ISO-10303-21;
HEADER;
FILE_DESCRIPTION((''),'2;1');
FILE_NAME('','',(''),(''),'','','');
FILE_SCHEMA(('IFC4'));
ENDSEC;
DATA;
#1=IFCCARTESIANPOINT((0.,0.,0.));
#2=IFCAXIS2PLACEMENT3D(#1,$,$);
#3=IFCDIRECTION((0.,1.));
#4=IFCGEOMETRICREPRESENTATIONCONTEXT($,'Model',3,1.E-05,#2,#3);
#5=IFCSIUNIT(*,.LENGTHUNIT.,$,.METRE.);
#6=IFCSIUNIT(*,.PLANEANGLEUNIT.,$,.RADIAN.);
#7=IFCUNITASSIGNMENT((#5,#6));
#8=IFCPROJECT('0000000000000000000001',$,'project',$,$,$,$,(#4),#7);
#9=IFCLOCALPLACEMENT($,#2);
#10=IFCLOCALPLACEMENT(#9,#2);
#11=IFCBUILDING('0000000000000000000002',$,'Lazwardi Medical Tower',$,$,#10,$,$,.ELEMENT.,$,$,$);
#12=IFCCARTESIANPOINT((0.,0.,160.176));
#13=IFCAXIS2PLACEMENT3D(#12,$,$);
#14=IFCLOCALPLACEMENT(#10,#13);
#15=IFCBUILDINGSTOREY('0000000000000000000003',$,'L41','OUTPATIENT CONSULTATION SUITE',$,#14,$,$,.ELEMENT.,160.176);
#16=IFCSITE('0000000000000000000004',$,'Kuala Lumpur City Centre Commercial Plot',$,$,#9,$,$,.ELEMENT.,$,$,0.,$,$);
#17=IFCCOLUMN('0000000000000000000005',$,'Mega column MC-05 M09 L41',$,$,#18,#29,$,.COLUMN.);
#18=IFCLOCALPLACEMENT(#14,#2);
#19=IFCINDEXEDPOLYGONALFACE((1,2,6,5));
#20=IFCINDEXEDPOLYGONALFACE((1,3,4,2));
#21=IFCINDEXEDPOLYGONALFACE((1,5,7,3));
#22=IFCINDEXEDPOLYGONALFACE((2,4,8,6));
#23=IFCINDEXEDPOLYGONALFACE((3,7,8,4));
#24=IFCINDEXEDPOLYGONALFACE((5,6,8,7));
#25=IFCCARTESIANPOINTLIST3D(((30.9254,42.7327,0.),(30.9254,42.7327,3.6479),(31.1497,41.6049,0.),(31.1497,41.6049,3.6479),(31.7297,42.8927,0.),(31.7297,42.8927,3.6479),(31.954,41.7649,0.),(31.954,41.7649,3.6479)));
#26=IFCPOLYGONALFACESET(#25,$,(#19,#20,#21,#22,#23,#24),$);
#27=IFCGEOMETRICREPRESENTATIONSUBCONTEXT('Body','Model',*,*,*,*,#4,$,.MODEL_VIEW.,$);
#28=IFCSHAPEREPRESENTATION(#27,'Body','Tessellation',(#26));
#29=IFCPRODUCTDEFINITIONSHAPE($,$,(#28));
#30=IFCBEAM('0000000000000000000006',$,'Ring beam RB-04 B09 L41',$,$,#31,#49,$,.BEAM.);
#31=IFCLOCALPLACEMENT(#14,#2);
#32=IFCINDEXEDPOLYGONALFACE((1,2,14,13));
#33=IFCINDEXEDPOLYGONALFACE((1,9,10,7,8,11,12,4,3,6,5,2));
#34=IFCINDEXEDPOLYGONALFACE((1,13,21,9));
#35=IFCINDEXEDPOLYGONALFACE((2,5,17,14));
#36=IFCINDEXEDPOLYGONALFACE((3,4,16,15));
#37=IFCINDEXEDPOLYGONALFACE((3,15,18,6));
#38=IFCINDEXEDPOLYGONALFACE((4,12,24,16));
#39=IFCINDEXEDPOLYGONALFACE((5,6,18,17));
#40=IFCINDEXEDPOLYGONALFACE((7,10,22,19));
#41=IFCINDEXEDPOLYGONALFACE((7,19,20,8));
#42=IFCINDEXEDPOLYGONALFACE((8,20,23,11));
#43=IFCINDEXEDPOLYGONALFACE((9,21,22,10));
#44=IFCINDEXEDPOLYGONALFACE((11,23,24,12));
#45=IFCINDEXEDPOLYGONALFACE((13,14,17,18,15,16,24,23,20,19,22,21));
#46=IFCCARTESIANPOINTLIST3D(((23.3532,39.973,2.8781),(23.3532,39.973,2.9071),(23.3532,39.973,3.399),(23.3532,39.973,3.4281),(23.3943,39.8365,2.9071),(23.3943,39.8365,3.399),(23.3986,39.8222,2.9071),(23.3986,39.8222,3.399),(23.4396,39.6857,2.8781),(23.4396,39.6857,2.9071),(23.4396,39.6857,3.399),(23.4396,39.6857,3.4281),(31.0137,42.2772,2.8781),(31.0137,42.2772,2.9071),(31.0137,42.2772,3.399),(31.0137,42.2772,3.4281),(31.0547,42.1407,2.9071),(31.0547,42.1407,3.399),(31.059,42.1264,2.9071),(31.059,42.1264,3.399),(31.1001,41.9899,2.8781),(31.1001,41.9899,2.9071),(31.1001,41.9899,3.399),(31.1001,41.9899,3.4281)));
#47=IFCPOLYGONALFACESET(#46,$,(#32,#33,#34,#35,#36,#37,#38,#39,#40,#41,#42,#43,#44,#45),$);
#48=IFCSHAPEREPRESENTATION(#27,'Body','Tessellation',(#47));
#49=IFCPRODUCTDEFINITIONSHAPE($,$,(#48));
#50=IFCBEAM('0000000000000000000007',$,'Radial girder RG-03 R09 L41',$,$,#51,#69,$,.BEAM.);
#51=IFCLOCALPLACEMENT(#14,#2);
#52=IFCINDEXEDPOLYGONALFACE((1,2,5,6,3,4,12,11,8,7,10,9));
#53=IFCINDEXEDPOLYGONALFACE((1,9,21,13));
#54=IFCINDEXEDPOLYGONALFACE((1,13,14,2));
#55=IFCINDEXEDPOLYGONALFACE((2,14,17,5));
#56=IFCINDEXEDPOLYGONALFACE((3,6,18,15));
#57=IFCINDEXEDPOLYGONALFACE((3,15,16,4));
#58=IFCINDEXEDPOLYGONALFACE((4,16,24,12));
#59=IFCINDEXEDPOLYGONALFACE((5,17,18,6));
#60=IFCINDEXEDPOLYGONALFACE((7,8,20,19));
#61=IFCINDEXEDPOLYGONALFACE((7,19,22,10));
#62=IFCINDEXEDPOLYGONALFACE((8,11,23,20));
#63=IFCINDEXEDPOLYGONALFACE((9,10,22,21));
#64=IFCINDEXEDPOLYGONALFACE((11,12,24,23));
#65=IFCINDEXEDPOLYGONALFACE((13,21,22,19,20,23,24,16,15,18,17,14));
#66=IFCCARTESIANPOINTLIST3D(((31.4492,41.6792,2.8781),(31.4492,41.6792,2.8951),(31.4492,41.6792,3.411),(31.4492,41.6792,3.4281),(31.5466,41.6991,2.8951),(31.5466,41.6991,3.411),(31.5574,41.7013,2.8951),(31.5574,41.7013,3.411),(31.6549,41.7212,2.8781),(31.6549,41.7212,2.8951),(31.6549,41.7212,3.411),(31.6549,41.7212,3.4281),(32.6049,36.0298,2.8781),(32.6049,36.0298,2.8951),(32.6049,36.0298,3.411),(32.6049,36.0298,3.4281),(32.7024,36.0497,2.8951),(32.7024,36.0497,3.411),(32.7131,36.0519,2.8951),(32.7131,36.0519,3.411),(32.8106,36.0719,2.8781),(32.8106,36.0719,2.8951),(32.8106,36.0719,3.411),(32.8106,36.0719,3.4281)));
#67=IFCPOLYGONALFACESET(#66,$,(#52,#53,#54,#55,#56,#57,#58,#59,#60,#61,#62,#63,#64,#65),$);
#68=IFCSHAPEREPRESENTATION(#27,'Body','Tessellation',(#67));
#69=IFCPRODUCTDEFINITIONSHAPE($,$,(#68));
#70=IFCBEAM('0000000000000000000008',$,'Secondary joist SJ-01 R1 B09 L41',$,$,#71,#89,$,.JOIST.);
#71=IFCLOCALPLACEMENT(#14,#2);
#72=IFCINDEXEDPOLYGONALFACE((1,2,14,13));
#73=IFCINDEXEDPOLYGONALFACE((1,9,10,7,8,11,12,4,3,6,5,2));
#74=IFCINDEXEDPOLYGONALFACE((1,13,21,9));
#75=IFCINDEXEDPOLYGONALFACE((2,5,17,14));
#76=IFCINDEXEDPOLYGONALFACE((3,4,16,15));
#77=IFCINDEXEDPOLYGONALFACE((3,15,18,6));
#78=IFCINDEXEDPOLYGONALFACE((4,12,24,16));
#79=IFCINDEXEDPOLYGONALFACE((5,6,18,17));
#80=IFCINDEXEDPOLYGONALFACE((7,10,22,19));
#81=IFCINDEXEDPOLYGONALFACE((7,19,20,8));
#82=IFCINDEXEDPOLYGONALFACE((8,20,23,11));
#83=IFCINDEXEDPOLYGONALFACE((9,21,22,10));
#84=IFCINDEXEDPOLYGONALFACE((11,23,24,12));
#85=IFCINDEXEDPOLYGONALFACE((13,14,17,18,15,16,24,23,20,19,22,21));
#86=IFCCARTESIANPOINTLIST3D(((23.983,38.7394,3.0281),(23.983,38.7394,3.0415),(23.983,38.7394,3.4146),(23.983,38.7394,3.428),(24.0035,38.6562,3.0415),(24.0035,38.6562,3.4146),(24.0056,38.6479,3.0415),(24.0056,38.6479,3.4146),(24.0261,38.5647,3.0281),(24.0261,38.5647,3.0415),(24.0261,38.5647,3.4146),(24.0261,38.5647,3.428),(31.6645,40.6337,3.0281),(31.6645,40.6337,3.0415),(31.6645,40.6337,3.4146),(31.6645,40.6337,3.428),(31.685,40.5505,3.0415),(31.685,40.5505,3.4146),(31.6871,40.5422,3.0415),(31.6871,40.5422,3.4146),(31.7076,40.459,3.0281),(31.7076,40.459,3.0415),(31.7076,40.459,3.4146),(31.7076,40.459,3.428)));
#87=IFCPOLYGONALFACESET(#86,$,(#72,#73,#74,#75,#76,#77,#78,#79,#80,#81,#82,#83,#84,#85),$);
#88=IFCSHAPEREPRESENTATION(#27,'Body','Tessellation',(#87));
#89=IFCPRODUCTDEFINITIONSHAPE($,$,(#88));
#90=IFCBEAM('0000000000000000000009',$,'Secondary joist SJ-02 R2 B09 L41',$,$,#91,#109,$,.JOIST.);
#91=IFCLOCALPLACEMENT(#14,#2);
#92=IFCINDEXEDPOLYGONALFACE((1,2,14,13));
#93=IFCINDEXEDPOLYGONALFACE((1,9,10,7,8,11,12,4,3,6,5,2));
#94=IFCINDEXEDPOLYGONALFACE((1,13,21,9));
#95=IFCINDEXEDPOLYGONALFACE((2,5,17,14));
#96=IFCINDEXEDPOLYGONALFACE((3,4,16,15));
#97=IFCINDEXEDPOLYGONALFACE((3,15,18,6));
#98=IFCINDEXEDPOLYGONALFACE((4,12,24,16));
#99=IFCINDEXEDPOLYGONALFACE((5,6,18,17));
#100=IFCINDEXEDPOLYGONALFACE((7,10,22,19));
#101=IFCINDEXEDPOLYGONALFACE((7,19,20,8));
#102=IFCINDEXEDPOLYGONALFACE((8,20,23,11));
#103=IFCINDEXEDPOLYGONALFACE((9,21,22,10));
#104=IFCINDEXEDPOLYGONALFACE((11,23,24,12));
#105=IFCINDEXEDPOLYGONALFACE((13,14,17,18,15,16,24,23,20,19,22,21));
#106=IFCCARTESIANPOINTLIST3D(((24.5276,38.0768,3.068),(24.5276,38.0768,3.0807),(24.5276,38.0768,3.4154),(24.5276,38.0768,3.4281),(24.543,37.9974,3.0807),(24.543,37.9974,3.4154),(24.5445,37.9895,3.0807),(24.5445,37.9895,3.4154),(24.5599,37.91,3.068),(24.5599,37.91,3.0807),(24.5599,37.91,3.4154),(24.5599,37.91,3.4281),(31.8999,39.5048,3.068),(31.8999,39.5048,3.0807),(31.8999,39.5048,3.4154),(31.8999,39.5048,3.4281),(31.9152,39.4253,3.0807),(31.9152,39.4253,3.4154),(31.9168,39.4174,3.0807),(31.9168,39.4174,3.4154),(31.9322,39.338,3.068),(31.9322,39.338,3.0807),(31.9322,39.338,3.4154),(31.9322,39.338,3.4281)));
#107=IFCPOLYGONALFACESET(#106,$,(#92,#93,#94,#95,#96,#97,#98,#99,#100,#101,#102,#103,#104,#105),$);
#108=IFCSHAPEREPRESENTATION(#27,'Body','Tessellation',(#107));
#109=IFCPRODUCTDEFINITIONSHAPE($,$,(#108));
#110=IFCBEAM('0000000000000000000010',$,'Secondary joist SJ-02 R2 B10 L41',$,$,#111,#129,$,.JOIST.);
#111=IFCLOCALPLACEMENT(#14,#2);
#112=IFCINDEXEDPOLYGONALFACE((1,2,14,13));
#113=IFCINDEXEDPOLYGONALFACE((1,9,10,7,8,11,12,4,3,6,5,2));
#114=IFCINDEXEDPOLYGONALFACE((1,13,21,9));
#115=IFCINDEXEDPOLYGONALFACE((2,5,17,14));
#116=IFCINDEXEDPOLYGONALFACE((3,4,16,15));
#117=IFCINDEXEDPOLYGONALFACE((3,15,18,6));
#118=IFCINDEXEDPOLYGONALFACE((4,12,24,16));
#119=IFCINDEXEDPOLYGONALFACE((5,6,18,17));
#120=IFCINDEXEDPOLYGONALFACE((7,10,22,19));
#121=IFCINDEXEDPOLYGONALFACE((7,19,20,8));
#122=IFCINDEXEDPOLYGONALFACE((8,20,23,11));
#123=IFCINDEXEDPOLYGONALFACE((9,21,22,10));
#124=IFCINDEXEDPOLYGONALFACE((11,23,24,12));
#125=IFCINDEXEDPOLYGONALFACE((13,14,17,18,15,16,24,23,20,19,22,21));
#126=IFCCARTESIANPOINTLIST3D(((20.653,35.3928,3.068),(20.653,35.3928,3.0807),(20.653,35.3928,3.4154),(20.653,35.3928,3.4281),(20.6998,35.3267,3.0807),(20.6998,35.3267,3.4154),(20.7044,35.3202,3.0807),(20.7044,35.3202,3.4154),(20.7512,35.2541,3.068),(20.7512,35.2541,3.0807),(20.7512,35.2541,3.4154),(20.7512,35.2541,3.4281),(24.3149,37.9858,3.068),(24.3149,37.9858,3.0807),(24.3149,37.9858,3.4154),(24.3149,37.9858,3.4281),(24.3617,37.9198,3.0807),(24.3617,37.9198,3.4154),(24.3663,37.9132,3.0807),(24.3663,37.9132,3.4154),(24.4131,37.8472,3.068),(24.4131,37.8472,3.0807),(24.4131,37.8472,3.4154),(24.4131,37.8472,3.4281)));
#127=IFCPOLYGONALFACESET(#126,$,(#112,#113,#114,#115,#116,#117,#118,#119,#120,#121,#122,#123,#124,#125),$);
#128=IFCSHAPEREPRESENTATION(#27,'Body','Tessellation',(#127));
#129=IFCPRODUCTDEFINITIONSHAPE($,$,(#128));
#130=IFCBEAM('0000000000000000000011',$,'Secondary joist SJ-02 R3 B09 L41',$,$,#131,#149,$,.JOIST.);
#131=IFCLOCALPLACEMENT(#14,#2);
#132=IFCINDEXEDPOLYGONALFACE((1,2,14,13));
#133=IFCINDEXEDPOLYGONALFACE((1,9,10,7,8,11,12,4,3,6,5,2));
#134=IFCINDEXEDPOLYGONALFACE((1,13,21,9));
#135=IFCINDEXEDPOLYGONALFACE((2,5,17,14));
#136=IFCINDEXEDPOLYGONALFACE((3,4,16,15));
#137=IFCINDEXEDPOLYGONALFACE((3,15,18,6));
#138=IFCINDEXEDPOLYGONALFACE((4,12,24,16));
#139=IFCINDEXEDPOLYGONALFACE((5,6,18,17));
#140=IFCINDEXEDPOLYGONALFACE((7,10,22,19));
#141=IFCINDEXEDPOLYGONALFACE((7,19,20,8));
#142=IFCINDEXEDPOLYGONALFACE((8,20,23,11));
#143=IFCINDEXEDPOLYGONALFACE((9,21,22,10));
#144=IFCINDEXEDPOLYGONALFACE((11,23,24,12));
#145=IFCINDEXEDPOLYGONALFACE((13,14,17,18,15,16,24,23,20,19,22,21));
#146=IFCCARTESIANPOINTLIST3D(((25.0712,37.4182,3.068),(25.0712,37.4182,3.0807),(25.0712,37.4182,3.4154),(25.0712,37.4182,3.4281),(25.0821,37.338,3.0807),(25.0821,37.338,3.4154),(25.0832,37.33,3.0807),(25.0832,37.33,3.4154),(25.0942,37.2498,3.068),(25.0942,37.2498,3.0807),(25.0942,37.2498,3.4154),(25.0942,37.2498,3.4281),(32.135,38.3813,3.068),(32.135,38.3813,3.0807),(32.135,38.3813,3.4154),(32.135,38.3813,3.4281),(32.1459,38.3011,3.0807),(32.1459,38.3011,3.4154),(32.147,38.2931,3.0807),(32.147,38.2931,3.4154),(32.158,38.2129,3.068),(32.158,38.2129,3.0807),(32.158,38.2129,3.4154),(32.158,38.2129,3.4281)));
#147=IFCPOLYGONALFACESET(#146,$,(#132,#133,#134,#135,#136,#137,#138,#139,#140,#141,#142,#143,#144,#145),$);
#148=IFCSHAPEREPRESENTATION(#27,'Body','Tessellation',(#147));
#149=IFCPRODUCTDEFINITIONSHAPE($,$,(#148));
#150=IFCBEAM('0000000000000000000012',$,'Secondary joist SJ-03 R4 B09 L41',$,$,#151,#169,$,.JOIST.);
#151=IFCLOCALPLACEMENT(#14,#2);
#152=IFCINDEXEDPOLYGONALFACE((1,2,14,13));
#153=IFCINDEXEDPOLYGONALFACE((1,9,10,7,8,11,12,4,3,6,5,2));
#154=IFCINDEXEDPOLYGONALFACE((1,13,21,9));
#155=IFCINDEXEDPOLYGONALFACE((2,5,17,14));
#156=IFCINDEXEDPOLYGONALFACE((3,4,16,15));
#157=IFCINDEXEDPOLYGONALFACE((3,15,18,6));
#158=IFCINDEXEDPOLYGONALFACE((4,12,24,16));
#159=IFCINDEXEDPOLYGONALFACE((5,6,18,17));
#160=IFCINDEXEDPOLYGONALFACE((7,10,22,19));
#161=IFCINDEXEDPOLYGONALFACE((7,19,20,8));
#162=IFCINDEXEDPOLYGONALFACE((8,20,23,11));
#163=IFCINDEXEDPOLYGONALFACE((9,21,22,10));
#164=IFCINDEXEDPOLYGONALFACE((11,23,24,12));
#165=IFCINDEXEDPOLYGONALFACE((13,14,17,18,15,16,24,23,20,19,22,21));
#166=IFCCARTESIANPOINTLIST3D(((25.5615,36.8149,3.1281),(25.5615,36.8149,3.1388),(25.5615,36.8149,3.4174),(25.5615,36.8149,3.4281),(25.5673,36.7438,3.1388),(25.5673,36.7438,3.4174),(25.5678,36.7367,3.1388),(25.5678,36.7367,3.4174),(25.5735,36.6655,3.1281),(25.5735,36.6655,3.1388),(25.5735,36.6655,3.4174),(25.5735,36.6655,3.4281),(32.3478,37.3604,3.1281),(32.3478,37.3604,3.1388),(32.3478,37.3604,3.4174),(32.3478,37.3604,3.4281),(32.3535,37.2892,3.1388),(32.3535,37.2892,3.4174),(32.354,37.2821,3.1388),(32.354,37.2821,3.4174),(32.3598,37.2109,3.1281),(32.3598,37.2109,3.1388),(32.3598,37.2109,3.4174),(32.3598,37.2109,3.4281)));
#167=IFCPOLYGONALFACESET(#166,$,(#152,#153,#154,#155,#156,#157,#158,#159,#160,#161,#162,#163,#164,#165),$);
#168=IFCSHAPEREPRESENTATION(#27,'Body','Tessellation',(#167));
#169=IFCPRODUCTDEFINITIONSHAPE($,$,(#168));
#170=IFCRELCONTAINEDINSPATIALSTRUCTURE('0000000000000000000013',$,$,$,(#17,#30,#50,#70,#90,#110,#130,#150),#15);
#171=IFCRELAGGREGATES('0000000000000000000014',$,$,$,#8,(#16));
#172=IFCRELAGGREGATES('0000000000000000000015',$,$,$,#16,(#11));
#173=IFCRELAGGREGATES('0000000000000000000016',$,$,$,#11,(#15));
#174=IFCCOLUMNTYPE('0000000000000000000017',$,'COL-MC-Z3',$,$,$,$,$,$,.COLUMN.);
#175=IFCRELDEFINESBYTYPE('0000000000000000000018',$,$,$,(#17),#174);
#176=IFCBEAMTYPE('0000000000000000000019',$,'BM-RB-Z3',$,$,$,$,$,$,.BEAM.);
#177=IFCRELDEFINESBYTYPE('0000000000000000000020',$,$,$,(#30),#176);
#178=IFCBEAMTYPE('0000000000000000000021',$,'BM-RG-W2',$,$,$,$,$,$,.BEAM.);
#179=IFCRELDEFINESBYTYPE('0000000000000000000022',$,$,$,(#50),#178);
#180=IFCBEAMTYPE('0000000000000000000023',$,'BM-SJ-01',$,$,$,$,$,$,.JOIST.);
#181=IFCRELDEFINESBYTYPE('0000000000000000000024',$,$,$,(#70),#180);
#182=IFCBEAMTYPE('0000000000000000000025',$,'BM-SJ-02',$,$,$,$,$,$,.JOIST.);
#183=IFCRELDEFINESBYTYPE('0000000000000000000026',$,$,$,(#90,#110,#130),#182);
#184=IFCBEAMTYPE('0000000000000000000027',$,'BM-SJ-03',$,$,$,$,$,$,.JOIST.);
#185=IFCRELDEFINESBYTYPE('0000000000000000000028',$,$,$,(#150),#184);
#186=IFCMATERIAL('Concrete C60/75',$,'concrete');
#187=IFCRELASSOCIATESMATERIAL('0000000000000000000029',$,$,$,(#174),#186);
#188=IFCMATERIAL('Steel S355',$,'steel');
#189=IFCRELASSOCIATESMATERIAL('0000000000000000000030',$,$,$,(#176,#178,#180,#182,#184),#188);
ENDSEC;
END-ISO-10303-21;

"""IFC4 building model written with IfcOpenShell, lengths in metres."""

from ifc_helpers import new_model, si_unit, direction, frame, origin, origin_2d, place, context, subcontext, project, spatial, rectangle, i_section, extrude, material, material_profile, profile_set, type_object, element, save


model = new_model("IFC4")

# Units and contexts
model_context = context("Model", 3, precision=1e-05, world=origin(), true_north=direction((0.0, 1.0)))
body_context = subcontext(model_context, "Body", "Model", "MODEL_VIEW")
ifc_project = project(units=[si_unit("LENGTHUNIT", "METRE"), si_unit("PLANEANGLEUNIT", "RADIAN")], contexts=[model_context])

# Site, building, storey
site_placement = place(None, origin())
site = spatial("IfcSite", under=ifc_project, at=site_placement, Name="Kuala Lumpur City Centre Commercial Plot", CompositionType="ELEMENT", RefElevation=0.0)
building_placement = place(site_placement, origin())
building = spatial("IfcBuilding", under=site, at=building_placement, Name="Lazwardi Medical Tower", CompositionType="ELEMENT")
storey_placement = place(building_placement, frame((0.0, 0.0, 160.176)))
storey = spatial("IfcBuildingStorey", under=building, at=storey_placement, Name="L41", Description="OUTPATIENT CONSULTATION SUITE", CompositionType="ELEMENT", Elevation=160.176)

# Column
ifc_material_1 = material(Name="Concrete C60/75", Category="concrete")
ifc_material_profile_1 = material_profile(ifc_material_1, rectangle(XDim=1.1499, YDim=0.8201, at=origin_2d()), Name="CFT-RECT 1150x820")
ifc_profile_set_1 = profile_set([ifc_material_profile_1], Name="Concrete C60/75")
column_type = type_object("IfcColumnType", Name="COL-MC-Z3", PredefinedType="COLUMN", material=ifc_profile_set_1)
column_placement = place(storey_placement, frame((31.4397, 42.2488, 0.0), z_axis=(0.0, 0.0, 1.0), x_axis=(-0.19509, 0.980785, 0.0)))
element("IfcColumn", 1, at=column_placement, inside=storey, type_object=column_type, Name="Mega column MC-05 M09 L41", PredefinedType="COLUMN", context=body_context, shape_type="SweptSolid", body=[
    extrude(rectangle(XDim=1.1499, YDim=0.8201, at=origin_2d()), origin(), (0.0, 0.0, 1.0), 3.6479),
])

# Beams
ifc_material_2 = material(Name="Steel S355", Category="steel")
ifc_material_profile_2 = material_profile(ifc_material_2, i_section(OverallWidth=0.3, OverallDepth=0.55, WebThickness=0.0149, FlangeThickness=0.0291, at=origin_2d()), Name="HEB 550")
ifc_profile_set_2 = profile_set([ifc_material_profile_2], Name="Steel S355")
beam_type_1 = type_object("IfcBeamType", Name="BM-RB-Z3", PredefinedType="BEAM", material=ifc_profile_set_2)
beam_1_placement = place(storey_placement, frame((31.0569, 42.1335, 3.1531), z_axis=(-0.957617, -0.288045, 0.0), x_axis=(0.288045, -0.957617, 0.0)))
element("IfcBeam", 2, at=beam_1_placement, inside=storey, type_object=beam_type_1, Name="Ring beam RB-04 B09 L41", PredefinedType="BEAM", context=body_context, shape_type="SweptSolid", body=[
    extrude(i_section(OverallWidth=0.3, OverallDepth=0.55, WebThickness=0.0149, FlangeThickness=0.0291, at=origin_2d()), origin(), (0.0, 0.0, 1.0), 7.9995),
])
ifc_material_profile_3 = material_profile(ifc_material_2, i_section(OverallWidth=0.21, OverallDepth=0.55, WebThickness=0.011, FlangeThickness=0.0171, at=origin_2d()), Name="IPE 550")
ifc_profile_set_3 = profile_set([ifc_material_profile_3], Name="Steel S355")
beam_type_2 = type_object("IfcBeamType", Name="BM-RG-W2", PredefinedType="BEAM", material=ifc_profile_set_3)
beam_2_placement = place(storey_placement, frame((31.552, 41.7002, 3.1531), z_axis=(0.200429, -0.979708, 0.0), x_axis=(0.979708, 0.200429, 0.0)))
element("IfcBeam", 3, at=beam_2_placement, inside=storey, type_object=beam_type_2, Name="Radial girder RG-03 R09 L41", PredefinedType="BEAM", context=body_context, shape_type="SweptSolid", body=[
    extrude(i_section(OverallWidth=0.21, OverallDepth=0.55, WebThickness=0.011, FlangeThickness=0.0171, at=origin_2d()), origin(), (0.0, 0.0, 1.0), 5.7664),
])
ifc_material_profile_4 = material_profile(ifc_material_2, i_section(OverallWidth=0.1799, OverallDepth=0.3999, WebThickness=0.0085, FlangeThickness=0.0134, at=origin_2d()), Name="IPE 400")
ifc_profile_set_4 = profile_set([ifc_material_profile_4], Name="Steel S355")
beam_type_3 = type_object("IfcBeamType", Name="BM-SJ-01", PredefinedType="JOIST", material=ifc_profile_set_4)
beam_3_placement = place(storey_placement, frame((31.686, 40.5464, 3.228), z_axis=(-0.970913, -0.239434, 0.0), x_axis=(0.239434, -0.970913, 0.0)))
element("IfcBeam", 4, at=beam_3_placement, inside=storey, type_object=beam_type_3, Name="Secondary joist SJ-01 R1 B09 L41", PredefinedType="JOIST", context=body_context, shape_type="SweptSolid", body=[
    extrude(i_section(OverallWidth=0.1799, OverallDepth=0.3999, WebThickness=0.0085, FlangeThickness=0.0134, at=origin_2d()), origin(), (0.0, 0.0, 1.0), 7.9116),
])
ifc_material_profile_5 = material_profile(ifc_material_2, i_section(OverallWidth=0.1699, OverallDepth=0.3601, WebThickness=0.0081, FlangeThickness=0.0127, at=origin_2d()), Name="IPE 360")
ifc_profile_set_5 = profile_set([ifc_material_profile_5], Name="Steel S355")
beam_type_4 = type_object("IfcBeamType", Name="BM-SJ-02", PredefinedType="JOIST", material=ifc_profile_set_5)
beam_4_placement = place(storey_placement, frame((31.916, 39.4214, 3.248), z_axis=(-0.981753, -0.19016, 0.0), x_axis=(0.19016, -0.981753, 0.0)))
element("IfcBeam", 5, at=beam_4_placement, inside=storey, type_object=beam_type_4, Name="Secondary joist SJ-02 R2 B09 L41", PredefinedType="JOIST", context=body_context, shape_type="SweptSolid", body=[
    extrude(i_section(OverallWidth=0.1699, OverallDepth=0.3601, WebThickness=0.0081, FlangeThickness=0.0127, at=origin_2d()), origin(), (0.0, 0.0, 1.0), 7.5093),
])
beam_5_placement = place(storey_placement, frame((24.364, 37.9165, 3.248), z_axis=(-0.816109, -0.577898, 0.0), x_axis=(0.577898, -0.816109, 0.0)))
element("IfcBeam", 6, at=beam_5_placement, inside=storey, type_object=beam_type_4, Name="Secondary joist SJ-02 R2 B10 L41", PredefinedType="JOIST", context=body_context, shape_type="SweptSolid", body=[
    extrude(i_section(OverallWidth=0.1699, OverallDepth=0.3601, WebThickness=0.0081, FlangeThickness=0.0127, at=origin_2d()), origin(), (0.0, 0.0, 1.0), 4.4871),
])
beam_6_placement = place(storey_placement, frame((32.1465, 38.2971, 3.248), z_axis=(-0.990832, -0.135099, 0.0), x_axis=(0.135099, -0.990832, 0.0)))
element("IfcBeam", 7, at=beam_6_placement, inside=storey, type_object=beam_type_4, Name="Secondary joist SJ-02 R3 B09 L41", PredefinedType="JOIST", context=body_context, shape_type="SweptSolid", body=[
    extrude(i_section(OverallWidth=0.1699, OverallDepth=0.3601, WebThickness=0.0081, FlangeThickness=0.0127, at=origin_2d()), origin(), (0.0, 0.0, 1.0), 7.1292),
])
ifc_material_profile_6 = material_profile(ifc_material_2, i_section(OverallWidth=0.1499, OverallDepth=0.3, WebThickness=0.0071, FlangeThickness=0.0107, at=origin_2d()), Name="IPE 300")
ifc_profile_set_6 = profile_set([ifc_material_profile_6], Name="Steel S355")
beam_type_5 = type_object("IfcBeamType", Name="BM-SJ-03", PredefinedType="JOIST", material=ifc_profile_set_6)
beam_7_placement = place(storey_placement, frame((32.3538, 37.2856, 3.2781), z_axis=(-0.996786, -0.080113, 0.0), x_axis=(0.080113, -0.996786, 0.0)))
element("IfcBeam", 8, at=beam_7_placement, inside=storey, type_object=beam_type_5, Name="Secondary joist SJ-03 R4 B09 L41", PredefinedType="JOIST", context=body_context, shape_type="SweptSolid", body=[
    extrude(i_section(OverallWidth=0.1499, OverallDepth=0.3, WebThickness=0.0071, FlangeThickness=0.0107, at=origin_2d()), origin(), (0.0, 0.0, 1.0), 6.8081),
])

save(model, "model.ifc")
